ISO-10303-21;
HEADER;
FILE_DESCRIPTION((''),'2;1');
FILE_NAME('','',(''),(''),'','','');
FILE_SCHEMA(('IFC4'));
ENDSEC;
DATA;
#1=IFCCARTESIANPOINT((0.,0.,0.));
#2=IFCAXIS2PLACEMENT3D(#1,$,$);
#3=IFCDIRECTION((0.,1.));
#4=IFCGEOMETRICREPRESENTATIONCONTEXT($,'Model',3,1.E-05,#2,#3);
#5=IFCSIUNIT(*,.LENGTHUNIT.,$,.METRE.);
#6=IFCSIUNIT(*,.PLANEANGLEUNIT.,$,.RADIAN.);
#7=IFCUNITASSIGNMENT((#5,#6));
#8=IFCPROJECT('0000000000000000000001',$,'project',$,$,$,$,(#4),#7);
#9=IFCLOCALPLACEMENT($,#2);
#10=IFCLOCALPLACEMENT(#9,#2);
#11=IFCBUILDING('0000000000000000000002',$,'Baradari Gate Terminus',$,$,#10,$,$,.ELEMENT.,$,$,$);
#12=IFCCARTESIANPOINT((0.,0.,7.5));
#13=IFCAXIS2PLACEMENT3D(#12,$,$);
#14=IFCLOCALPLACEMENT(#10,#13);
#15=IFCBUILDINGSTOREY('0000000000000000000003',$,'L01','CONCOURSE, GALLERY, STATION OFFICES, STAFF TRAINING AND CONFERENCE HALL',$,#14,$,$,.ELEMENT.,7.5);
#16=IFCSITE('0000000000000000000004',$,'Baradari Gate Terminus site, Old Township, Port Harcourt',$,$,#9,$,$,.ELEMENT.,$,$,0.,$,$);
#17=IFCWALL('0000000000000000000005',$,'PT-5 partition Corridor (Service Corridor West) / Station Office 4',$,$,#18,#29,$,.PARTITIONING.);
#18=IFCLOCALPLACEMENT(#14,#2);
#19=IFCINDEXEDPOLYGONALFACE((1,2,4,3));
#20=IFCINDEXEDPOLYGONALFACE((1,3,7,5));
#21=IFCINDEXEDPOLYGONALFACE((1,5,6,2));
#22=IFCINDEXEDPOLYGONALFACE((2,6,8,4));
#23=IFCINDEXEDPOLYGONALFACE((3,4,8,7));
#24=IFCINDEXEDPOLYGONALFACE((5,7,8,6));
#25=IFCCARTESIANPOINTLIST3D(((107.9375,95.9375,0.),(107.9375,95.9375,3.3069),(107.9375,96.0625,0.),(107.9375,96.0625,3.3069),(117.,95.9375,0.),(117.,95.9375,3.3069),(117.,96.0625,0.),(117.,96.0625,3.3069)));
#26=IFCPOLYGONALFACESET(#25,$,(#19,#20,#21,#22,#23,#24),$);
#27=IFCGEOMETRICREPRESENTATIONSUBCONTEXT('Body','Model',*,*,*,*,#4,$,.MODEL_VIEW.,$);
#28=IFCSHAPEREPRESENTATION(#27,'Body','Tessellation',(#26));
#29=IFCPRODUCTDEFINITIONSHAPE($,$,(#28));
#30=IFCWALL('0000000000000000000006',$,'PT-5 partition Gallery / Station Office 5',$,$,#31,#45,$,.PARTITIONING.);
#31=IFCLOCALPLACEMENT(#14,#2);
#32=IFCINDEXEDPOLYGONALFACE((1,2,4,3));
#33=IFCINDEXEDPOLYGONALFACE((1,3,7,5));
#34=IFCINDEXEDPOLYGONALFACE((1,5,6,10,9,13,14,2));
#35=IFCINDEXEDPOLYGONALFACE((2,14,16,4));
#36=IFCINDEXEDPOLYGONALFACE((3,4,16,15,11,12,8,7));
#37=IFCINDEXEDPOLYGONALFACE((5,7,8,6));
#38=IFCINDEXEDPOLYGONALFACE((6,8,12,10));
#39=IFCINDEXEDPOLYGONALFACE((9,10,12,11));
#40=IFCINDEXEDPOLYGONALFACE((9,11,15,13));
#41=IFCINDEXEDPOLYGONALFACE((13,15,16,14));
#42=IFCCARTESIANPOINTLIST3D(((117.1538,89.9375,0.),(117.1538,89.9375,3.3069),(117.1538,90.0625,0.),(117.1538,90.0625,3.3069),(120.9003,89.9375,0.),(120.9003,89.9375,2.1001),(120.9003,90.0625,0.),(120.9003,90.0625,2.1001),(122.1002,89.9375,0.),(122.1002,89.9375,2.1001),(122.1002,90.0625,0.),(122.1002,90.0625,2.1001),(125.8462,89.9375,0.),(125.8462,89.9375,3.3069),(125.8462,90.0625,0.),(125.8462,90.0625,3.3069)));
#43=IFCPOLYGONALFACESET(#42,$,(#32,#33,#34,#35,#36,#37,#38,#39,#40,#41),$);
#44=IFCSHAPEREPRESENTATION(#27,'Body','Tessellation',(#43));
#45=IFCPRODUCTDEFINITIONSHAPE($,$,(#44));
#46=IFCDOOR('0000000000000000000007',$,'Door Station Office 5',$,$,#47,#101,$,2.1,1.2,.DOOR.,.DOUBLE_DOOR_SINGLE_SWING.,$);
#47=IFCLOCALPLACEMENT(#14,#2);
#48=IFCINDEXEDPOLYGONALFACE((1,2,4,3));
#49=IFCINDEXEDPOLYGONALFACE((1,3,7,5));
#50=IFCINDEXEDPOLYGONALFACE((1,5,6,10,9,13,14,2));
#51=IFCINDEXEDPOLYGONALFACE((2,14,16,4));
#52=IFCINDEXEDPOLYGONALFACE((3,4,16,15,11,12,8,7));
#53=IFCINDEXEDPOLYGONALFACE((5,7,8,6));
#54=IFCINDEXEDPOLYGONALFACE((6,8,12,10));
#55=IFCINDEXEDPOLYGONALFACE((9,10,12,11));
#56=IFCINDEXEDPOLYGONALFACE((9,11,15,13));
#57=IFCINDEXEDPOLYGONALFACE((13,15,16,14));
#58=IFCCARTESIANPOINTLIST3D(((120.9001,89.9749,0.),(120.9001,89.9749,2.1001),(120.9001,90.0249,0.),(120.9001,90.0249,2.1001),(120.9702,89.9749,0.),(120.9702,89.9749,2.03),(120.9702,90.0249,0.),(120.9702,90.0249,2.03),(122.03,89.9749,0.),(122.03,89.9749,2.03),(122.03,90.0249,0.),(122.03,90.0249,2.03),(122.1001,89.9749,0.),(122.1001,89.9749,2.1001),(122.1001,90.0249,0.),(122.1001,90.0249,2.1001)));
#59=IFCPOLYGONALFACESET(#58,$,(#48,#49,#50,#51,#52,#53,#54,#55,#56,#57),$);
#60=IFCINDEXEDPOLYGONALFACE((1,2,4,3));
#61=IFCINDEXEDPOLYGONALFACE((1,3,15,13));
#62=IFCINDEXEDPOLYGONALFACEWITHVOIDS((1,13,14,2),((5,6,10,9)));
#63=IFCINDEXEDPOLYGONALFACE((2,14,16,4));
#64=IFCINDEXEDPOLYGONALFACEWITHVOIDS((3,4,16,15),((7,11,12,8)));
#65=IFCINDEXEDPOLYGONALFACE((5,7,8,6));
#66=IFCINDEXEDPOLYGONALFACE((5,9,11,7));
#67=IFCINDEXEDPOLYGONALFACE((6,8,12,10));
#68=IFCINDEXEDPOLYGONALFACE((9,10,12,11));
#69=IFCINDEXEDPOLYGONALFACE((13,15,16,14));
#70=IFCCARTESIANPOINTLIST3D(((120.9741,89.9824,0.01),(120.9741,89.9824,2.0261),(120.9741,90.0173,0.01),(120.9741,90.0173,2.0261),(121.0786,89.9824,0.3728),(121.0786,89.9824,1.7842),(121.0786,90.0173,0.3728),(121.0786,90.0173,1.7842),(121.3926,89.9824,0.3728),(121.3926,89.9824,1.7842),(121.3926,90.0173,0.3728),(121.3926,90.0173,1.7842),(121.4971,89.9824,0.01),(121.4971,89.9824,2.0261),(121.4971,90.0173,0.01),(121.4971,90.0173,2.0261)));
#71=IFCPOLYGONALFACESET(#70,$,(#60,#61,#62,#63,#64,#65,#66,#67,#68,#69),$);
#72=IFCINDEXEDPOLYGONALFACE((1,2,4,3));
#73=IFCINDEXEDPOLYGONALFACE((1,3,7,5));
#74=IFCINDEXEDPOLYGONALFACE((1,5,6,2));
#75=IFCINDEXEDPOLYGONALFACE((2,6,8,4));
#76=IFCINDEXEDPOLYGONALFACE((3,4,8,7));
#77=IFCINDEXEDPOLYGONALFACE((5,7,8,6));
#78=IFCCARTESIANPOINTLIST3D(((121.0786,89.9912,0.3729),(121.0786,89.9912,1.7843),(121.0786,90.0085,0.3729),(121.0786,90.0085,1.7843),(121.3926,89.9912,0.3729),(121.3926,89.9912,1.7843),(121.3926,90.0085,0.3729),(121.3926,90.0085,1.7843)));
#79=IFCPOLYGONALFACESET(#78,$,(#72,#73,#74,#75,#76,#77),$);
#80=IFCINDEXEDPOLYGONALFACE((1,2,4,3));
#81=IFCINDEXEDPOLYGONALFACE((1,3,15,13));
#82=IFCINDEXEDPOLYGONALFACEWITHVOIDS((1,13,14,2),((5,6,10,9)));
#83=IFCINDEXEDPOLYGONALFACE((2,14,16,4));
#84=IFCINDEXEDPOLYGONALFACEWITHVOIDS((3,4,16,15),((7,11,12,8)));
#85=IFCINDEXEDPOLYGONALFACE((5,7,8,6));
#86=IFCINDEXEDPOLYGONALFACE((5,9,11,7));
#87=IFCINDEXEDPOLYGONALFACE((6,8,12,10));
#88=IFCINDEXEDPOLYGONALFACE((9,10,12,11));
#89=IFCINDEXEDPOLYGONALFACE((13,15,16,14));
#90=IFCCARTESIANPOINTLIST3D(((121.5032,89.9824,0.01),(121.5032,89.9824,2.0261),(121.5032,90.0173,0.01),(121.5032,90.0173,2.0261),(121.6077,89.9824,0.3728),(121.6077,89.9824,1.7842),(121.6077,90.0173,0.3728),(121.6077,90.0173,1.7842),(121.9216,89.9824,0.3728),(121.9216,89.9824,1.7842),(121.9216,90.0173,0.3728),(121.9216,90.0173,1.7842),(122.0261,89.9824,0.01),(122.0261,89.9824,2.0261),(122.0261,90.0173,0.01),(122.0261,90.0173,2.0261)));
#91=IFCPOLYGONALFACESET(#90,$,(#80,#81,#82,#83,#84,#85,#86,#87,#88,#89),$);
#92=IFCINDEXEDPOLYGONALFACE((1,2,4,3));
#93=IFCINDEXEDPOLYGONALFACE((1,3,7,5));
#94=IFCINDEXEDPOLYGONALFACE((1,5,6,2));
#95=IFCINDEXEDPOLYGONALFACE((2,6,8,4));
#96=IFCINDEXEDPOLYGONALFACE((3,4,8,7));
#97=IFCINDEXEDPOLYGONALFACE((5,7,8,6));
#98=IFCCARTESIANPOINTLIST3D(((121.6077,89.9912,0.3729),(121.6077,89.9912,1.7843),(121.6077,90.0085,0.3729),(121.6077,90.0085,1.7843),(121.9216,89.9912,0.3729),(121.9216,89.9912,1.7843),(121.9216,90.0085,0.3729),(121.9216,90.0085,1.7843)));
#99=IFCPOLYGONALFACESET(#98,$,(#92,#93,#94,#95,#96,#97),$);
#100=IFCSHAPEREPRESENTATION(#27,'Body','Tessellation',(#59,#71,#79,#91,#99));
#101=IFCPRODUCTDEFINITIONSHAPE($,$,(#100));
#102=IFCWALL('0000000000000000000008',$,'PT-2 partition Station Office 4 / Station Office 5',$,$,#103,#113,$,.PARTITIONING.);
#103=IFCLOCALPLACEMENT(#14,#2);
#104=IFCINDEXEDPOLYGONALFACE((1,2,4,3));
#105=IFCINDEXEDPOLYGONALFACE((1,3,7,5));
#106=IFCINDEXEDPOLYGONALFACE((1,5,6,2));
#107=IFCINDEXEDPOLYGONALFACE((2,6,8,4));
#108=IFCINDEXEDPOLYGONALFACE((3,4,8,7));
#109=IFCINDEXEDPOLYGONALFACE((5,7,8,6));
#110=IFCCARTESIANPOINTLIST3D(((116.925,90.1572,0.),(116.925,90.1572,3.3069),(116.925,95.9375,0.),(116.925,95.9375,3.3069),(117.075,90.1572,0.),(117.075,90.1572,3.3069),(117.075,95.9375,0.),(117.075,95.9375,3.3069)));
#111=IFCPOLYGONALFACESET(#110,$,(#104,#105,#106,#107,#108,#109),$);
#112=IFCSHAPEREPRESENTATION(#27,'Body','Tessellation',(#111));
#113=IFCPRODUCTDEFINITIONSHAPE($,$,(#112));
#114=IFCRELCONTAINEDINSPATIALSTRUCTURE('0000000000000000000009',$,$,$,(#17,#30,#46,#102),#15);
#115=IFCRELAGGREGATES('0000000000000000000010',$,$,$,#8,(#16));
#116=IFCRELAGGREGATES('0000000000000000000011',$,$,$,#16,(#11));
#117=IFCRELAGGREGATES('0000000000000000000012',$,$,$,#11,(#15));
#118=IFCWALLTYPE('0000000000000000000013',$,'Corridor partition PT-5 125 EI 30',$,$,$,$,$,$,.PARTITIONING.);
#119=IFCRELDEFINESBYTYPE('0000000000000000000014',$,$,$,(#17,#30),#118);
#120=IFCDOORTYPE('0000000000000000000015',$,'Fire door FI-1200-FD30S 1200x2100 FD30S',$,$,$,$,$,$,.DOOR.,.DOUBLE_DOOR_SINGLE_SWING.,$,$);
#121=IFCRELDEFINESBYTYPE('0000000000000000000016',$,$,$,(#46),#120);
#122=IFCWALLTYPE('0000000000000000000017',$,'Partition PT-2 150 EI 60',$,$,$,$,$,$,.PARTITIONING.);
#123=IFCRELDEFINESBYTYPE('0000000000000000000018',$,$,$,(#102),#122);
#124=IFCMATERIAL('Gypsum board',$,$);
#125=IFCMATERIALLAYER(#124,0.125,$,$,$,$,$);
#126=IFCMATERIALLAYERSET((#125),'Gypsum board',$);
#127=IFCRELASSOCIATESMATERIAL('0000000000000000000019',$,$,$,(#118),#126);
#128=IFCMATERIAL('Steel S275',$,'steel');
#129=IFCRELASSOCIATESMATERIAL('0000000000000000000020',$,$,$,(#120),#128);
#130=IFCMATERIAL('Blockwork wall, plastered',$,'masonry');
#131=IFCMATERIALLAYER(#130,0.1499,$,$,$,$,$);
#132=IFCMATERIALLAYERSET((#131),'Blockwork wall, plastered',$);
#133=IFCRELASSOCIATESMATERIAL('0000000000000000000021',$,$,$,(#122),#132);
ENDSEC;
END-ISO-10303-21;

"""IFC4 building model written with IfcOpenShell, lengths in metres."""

from ifc_helpers import new_model, si_unit, direction, frame, frame_2d, origin, place, context, subcontext, project, spatial, polyline, rectangle, outline, extrude, material, layer, layer_set, type_object, element, fill, save


model = new_model("IFC4")

# Units and contexts
model_context = context("Model", 3, precision=1e-05, world=origin(), true_north=direction((0.0, 1.0)))
body_context = subcontext(model_context, "Body", "Model", "MODEL_VIEW")
ifc_project = project(units=[si_unit("LENGTHUNIT", "METRE"), si_unit("PLANEANGLEUNIT", "RADIAN")], contexts=[model_context])

# Site, building, storey
site_placement = place(None, origin())
site = spatial("IfcSite", under=ifc_project, at=site_placement, Name="Baradari Gate Terminus site, Old Township, Port Harcourt", CompositionType="ELEMENT", RefElevation=0.0)
building_placement = place(site_placement, origin())
building = spatial("IfcBuilding", under=site, at=building_placement, Name="Baradari Gate Terminus", CompositionType="ELEMENT")
storey_placement = place(building_placement, frame((0.0, 0.0, 7.5)))
storey = spatial("IfcBuildingStorey", under=building, at=storey_placement, Name="L01", Description="CONCOURSE, GALLERY, STATION OFFICES, STAFF TRAINING AND CONFERENCE HALL", CompositionType="ELEMENT", Elevation=7.5)

# Wall
ifc_material_1 = material(Name="Gypsum board")
ifc_layer_1 = layer(ifc_material_1, 0.125)
ifc_layer_set_1 = layer_set([ifc_layer_1], Name="Gypsum board")
wall_type_1 = type_object("IfcWallType", Name="Corridor partition PT-5 125 EI 30", PredefinedType="PARTITIONING", material=ifc_layer_set_1)
wall_1_placement = place(storey_placement, frame((117.0, 96.0, 0.0), z_axis=(0.0, 0.0, 1.0), x_axis=(-1.0, 0.0, 0.0)))
element("IfcWall", 1, at=wall_1_placement, inside=storey, type_object=wall_type_1, Name="PT-5 partition Corridor (Service Corridor West) / Station Office 4", PredefinedType="PARTITIONING", context=body_context, shape_type="SweptSolid", body=[
    extrude(rectangle(XDim=9.0625, YDim=0.125, at=frame_2d((4.5312, 0.0))), origin(), (0.0, 0.0, 1.0), 3.3069),
])

# Wall, opening, door
wall_2_placement = place(storey_placement, frame((117.1538, 90.0, 0.0), z_axis=(0.0, 0.0, 1.0), x_axis=(1.0, 0.0, 0.0)))
wall_2 = element("IfcWall", 2, at=wall_2_placement, inside=storey, type_object=wall_type_1, Name="PT-5 partition Gallery / Station Office 5", PredefinedType="PARTITIONING", context=body_context, shape_type="SweptSolid", body=[
    extrude(rectangle(XDim=8.6924, YDim=0.125, at=frame_2d((4.3462, 0.0))), origin(), (0.0, 0.0, 1.0), 3.3069),
])
opening_placement = place(wall_2_placement, frame((3.7463, 0.0, 0.0)))
opening = element("IfcOpeningElement", 3, at=opening_placement, cuts=wall_2, PredefinedType="OPENING", context=body_context, shape_type="SweptSolid", body=[
    extrude(rectangle(XDim=1.2, YDim=2.1001, at=frame_2d((0.6001, 1.05))), frame((0.0, 0.0725, 0.0), z_axis=(0.0, -1.0, 0.0), x_axis=(1.0, 0.0, 0.0)), (0.0, 0.0, 1.0), 0.145),
])
ifc_material_2 = material(Name="Steel S275", Category="steel")
door_type = type_object("IfcDoorType", Name="Fire door FI-1200-FD30S 1200x2100 FD30S", OperationType="DOUBLE_DOOR_SINGLE_SWING", PredefinedType="DOOR", material=ifc_material_2)
door_placement = place(opening_placement, origin())
door = element("IfcDoor", 4, at=door_placement, inside=storey, type_object=door_type, Name="Door Station Office 5", OperationType="DOUBLE_DOOR_SINGLE_SWING", OverallHeight=2.1, OverallWidth=1.2, PredefinedType="DOOR", context=body_context, shape_type="SweptSolid", body=[
    extrude(outline(polyline([(0.0, 0.0), (0.0701, 0.0), (0.0701, 2.03), (1.1299, 2.03), (1.1299, 0.0), (1.2, 0.0), (1.2, 2.1001), (0.0, 2.1001), (0.0, 0.0)])), frame((0.0, 0.0249, 0.0), z_axis=(0.0, -1.0, 0.0), x_axis=(1.0, 0.0, 0.0)), (0.0, 0.0, 1.0), 0.05),
    extrude(outline(polyline([(0.074, 0.01), (0.5969, 0.01), (0.5969, 2.0261), (0.074, 2.0261), (0.074, 0.01)]), holes=[polyline([(0.1785, 0.3728), (0.4924, 0.3728), (0.4924, 1.7842), (0.1785, 1.7842), (0.1785, 0.3728)])]), frame((0.0, 0.0173, 0.0), z_axis=(0.0, -1.0, 0.0), x_axis=(1.0, 0.0, 0.0)), (0.0, 0.0, 1.0), 0.0349),
    extrude(rectangle(XDim=0.314, YDim=1.4114, at=frame_2d((0.3354, 1.0786))), frame((0.0, 0.0085, 0.0), z_axis=(0.0, -1.0, 0.0), x_axis=(1.0, 0.0, 0.0)), (0.0, 0.0, 1.0), 0.0173),
    extrude(outline(polyline([(0.603, 0.01), (1.126, 0.01), (1.126, 2.0261), (0.603, 2.0261), (0.603, 0.01)]), holes=[polyline([(0.7075, 0.3728), (1.0215, 0.3728), (1.0215, 1.7842), (0.7075, 1.7842), (0.7075, 0.3728)])]), frame((0.0, 0.0173, 0.0), z_axis=(0.0, -1.0, 0.0), x_axis=(1.0, 0.0, 0.0)), (0.0, 0.0, 1.0), 0.0349),
    extrude(rectangle(XDim=0.314, YDim=1.4114, at=frame_2d((0.8645, 1.0786))), frame((0.0, 0.0085, 0.0), z_axis=(0.0, -1.0, 0.0), x_axis=(1.0, 0.0, 0.0)), (0.0, 0.0, 1.0), 0.0173),
])
fill(opening, door)

# Wall
ifc_material_3 = material(Name="Blockwork wall, plastered", Category="masonry")
ifc_layer_2 = layer(ifc_material_3, 0.1499)
ifc_layer_set_2 = layer_set([ifc_layer_2], Name="Blockwork wall, plastered")
wall_type_2 = type_object("IfcWallType", Name="Partition PT-2 150 EI 60", PredefinedType="PARTITIONING", material=ifc_layer_set_2)
wall_3_placement = place(storey_placement, frame((117.0, 95.9375, 0.0), z_axis=(0.0, 0.0, 1.0), x_axis=(0.0, -1.0, 0.0)))
element("IfcWall", 5, at=wall_3_placement, inside=storey, type_object=wall_type_2, Name="PT-2 partition Station Office 4 / Station Office 5", PredefinedType="PARTITIONING", context=body_context, shape_type="SweptSolid", body=[
    extrude(rectangle(XDim=5.7803, YDim=0.1499, at=frame_2d((2.8901, 0.0))), origin(), (0.0, 0.0, 1.0), 3.3069),
])

save(model, "model.ifc")
